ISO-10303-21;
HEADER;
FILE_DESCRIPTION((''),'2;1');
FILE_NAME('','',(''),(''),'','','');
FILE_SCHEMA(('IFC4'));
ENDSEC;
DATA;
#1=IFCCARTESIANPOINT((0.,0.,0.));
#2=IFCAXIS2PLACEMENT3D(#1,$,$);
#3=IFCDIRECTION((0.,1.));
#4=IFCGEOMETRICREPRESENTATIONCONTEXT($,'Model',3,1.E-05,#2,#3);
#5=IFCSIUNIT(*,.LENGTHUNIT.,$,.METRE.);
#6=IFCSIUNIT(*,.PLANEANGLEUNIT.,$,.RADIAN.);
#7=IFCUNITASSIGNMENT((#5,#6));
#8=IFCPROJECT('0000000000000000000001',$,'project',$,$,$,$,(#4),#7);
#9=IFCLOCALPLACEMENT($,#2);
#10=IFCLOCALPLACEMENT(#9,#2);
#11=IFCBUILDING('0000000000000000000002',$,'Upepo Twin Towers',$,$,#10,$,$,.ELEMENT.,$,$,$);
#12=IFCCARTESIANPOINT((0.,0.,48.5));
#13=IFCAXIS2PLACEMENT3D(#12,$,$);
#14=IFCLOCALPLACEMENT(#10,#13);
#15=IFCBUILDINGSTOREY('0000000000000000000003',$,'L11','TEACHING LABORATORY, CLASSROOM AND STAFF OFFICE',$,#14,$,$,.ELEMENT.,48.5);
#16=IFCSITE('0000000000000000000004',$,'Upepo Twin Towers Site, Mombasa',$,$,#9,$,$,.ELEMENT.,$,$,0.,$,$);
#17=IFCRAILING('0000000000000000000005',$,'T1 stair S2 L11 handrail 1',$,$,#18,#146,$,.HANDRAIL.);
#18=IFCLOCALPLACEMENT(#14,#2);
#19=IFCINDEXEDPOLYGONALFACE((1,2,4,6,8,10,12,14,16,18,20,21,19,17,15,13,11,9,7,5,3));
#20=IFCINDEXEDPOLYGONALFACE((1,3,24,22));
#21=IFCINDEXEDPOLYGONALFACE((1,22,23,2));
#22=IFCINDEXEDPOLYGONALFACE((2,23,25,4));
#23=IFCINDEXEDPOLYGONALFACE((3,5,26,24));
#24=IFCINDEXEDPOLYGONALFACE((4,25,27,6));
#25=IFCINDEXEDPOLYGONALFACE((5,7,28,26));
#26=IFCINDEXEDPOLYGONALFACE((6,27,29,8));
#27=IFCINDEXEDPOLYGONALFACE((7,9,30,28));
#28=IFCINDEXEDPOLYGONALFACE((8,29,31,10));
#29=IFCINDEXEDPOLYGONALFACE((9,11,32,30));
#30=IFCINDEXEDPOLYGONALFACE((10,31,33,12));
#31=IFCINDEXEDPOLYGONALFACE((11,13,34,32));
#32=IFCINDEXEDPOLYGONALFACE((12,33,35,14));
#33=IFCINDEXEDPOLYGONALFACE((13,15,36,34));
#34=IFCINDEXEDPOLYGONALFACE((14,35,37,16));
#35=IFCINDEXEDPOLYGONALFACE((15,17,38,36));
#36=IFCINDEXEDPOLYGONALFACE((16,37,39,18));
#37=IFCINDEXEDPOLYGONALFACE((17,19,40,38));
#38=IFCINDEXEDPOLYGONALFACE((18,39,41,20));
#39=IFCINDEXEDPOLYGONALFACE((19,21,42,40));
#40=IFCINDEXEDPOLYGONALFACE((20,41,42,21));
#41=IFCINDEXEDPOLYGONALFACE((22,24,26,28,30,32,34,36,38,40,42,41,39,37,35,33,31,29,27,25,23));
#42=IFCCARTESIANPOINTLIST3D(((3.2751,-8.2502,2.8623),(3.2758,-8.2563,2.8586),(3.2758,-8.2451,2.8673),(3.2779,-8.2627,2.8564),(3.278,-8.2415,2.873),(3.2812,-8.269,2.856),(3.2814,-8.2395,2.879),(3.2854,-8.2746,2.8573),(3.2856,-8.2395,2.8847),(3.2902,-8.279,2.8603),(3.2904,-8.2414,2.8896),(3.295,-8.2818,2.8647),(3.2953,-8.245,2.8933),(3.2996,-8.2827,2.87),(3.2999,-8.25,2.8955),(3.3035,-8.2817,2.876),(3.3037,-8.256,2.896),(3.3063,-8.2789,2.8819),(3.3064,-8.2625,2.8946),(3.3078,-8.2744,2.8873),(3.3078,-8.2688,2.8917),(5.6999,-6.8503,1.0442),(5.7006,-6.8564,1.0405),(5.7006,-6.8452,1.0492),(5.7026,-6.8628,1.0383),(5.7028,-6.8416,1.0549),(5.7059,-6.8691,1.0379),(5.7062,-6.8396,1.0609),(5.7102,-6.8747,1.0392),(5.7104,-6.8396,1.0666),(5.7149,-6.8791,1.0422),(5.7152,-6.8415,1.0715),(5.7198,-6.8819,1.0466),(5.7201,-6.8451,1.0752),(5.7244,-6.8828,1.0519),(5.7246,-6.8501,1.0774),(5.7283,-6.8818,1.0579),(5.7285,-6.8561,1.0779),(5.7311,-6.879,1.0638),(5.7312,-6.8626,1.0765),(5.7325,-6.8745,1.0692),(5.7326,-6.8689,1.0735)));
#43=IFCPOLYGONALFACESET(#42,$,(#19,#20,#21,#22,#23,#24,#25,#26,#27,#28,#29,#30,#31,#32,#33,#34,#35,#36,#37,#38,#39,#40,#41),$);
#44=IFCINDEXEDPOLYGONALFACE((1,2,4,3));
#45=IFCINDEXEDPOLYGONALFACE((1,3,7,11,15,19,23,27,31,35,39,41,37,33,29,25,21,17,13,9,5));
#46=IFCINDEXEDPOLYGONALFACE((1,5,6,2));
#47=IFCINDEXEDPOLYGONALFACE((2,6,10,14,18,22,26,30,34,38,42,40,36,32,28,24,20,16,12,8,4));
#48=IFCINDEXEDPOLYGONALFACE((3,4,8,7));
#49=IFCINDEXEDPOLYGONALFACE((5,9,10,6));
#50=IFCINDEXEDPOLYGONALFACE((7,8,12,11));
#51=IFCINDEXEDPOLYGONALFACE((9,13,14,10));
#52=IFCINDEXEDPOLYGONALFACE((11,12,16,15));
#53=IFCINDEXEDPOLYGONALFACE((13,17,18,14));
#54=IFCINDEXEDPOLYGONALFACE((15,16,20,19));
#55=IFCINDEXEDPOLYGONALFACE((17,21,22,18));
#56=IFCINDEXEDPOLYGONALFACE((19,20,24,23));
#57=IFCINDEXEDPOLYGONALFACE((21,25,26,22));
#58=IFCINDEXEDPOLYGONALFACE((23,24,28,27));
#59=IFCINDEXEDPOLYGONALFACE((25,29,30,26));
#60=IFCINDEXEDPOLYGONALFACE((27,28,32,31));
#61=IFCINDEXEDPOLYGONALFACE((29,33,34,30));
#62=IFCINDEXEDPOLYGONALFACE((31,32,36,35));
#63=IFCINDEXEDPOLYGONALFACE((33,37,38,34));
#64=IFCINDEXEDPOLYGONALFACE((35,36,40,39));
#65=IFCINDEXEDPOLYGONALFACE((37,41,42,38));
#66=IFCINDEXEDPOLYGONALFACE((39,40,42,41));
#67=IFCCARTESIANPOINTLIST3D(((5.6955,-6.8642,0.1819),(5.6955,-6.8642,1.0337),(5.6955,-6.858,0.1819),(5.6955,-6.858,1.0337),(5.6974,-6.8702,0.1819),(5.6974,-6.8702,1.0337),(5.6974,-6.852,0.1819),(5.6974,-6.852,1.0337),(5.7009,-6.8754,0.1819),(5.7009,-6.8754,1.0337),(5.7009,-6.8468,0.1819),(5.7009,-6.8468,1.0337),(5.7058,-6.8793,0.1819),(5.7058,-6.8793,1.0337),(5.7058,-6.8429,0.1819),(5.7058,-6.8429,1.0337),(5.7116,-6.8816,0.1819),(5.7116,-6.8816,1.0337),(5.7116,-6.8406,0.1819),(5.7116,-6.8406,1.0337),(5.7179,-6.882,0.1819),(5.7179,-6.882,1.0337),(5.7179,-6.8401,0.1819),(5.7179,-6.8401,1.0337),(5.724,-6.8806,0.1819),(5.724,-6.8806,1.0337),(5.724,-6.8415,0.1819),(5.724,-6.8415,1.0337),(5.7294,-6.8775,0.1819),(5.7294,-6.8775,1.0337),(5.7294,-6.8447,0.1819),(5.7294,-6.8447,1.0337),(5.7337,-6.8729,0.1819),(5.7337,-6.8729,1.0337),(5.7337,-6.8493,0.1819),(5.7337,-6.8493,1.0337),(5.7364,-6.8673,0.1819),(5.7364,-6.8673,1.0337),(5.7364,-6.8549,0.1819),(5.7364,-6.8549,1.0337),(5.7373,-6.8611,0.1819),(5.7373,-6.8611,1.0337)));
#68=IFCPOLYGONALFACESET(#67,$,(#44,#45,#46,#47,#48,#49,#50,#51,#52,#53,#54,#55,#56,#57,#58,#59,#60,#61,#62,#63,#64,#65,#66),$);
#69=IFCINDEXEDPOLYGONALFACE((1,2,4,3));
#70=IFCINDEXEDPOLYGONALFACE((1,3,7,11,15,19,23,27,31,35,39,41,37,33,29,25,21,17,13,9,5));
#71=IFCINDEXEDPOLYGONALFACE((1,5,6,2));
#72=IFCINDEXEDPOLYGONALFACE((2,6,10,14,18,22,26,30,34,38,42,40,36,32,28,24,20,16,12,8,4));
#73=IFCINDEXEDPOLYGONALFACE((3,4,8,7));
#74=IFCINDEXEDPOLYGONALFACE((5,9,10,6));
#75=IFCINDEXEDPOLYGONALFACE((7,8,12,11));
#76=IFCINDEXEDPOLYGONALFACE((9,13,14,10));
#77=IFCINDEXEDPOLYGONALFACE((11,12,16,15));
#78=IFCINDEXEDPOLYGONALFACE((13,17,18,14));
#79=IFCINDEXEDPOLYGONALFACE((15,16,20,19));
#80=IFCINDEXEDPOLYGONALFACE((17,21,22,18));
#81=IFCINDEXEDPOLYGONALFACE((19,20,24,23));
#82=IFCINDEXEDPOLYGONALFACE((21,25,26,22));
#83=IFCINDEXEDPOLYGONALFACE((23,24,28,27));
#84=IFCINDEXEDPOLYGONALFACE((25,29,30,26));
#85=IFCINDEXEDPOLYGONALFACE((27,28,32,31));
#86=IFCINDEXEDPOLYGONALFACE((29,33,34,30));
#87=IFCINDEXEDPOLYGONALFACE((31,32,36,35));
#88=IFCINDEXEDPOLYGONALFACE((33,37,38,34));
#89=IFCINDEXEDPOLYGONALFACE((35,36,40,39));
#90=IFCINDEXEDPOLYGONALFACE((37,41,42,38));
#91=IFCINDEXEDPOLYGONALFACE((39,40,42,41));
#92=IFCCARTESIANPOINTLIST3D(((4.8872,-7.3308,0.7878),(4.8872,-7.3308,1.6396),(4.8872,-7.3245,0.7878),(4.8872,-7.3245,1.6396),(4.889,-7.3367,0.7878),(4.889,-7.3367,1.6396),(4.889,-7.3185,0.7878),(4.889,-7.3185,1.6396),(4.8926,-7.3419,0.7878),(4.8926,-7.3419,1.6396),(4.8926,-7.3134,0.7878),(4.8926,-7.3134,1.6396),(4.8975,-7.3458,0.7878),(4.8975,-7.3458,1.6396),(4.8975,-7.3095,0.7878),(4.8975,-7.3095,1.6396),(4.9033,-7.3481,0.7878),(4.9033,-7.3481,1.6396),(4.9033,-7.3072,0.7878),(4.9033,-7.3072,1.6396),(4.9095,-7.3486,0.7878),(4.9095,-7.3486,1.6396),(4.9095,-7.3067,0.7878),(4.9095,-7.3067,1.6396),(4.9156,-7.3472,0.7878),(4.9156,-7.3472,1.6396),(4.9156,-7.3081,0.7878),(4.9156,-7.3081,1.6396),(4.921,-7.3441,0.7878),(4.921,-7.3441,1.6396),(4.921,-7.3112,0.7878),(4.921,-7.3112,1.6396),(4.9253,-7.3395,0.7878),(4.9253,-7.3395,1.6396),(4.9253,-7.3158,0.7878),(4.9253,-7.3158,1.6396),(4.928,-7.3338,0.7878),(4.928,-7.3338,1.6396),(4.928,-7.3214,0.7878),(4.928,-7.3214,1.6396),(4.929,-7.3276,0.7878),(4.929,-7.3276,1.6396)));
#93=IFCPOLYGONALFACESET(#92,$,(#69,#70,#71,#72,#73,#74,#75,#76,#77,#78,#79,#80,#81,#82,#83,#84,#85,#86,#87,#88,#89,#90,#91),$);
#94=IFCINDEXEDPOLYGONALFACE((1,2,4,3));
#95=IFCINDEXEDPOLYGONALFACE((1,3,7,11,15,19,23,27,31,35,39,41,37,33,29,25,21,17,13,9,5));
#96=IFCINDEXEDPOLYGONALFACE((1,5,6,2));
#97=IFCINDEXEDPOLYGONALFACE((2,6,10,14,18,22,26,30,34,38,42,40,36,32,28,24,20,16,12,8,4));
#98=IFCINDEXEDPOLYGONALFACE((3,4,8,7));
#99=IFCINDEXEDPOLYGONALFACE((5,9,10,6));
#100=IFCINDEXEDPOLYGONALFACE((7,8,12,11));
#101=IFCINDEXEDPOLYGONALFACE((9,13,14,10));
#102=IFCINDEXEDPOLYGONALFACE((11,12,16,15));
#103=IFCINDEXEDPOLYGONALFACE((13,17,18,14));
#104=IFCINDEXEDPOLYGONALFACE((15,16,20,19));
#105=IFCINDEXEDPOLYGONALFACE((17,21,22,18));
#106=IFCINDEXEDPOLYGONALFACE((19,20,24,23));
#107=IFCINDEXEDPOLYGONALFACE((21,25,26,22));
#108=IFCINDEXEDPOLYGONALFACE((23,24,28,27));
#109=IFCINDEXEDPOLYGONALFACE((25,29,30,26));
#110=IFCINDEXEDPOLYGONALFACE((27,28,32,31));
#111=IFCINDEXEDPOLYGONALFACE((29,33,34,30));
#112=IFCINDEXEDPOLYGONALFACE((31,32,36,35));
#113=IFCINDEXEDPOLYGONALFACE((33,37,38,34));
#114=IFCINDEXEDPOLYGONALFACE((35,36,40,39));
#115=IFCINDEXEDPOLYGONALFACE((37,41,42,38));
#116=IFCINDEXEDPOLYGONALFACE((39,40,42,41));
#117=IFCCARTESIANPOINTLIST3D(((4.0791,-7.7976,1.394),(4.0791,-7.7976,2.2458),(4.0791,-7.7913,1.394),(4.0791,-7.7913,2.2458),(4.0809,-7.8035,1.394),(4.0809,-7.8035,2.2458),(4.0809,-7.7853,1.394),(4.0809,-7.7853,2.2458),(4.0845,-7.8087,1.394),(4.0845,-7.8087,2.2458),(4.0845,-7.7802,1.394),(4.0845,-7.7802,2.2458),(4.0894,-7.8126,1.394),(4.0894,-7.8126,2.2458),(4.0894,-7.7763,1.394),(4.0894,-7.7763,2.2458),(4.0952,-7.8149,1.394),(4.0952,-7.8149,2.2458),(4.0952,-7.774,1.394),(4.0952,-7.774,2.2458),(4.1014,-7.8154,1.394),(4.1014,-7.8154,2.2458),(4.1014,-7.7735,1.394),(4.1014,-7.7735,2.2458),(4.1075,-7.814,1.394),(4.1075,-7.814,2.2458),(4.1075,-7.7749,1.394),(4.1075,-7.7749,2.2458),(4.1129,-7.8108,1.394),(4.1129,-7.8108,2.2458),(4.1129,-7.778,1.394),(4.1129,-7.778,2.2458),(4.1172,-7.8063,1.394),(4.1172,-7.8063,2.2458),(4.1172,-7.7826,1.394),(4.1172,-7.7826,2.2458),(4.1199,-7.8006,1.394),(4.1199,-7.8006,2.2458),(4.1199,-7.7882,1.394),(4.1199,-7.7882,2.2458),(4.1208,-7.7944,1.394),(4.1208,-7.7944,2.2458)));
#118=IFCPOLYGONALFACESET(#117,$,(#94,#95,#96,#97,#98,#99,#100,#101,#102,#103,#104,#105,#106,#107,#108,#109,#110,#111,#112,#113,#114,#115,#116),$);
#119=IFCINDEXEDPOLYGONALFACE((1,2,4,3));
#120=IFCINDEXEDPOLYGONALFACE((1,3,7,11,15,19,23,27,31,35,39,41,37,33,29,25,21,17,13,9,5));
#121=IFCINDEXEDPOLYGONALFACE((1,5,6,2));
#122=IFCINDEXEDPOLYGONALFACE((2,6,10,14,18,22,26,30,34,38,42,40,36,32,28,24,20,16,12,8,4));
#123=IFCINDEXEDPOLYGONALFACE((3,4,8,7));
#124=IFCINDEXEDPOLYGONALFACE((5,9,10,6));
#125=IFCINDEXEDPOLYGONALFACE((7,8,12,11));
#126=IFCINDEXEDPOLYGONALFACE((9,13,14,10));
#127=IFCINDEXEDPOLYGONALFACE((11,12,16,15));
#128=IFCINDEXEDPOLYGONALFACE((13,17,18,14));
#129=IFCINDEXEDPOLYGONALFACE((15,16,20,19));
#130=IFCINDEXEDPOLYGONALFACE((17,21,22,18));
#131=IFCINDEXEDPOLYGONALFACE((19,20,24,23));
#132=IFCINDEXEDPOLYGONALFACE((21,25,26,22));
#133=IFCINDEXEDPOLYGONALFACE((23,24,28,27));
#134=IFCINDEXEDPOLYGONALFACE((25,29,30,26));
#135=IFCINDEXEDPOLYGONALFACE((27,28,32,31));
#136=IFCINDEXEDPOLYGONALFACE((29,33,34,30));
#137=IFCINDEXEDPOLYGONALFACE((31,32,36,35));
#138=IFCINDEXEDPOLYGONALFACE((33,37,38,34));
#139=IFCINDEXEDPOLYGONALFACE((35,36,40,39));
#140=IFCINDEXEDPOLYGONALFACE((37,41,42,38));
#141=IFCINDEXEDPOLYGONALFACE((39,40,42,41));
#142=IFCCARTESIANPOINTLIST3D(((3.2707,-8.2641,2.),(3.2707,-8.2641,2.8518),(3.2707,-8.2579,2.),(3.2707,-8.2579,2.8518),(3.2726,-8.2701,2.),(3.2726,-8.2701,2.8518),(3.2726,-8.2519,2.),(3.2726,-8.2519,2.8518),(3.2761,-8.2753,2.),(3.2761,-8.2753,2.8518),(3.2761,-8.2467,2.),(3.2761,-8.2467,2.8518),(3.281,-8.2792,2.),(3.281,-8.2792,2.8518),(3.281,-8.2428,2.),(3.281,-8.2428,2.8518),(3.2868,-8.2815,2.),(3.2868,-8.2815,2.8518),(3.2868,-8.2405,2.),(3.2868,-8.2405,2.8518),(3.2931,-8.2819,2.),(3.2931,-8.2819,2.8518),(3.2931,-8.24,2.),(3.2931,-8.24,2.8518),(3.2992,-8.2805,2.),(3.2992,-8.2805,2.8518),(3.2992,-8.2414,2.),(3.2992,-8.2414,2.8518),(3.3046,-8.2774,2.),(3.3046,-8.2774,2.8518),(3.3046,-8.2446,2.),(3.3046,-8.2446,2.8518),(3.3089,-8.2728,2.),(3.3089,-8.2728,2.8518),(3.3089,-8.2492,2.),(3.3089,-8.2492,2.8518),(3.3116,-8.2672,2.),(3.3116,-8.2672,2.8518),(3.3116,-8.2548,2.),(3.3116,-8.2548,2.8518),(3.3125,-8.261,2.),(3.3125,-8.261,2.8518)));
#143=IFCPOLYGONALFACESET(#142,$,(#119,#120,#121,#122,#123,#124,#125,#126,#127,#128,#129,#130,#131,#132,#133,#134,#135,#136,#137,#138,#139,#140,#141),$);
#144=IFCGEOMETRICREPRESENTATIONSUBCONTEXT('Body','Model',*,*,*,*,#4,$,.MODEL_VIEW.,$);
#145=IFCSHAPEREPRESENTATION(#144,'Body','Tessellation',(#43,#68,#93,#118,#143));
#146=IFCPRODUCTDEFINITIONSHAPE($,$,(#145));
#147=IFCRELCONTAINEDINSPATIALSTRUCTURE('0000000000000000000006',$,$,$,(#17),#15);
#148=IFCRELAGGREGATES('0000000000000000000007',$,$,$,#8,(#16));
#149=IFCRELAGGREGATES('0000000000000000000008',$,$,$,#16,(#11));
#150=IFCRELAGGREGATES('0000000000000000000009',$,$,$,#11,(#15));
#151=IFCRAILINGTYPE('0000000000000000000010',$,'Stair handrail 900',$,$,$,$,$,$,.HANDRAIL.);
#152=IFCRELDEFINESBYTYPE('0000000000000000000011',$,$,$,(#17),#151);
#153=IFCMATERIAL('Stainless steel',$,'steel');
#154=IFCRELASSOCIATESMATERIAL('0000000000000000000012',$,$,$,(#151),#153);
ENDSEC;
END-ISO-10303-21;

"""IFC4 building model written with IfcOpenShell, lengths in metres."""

from ifc_helpers import new_model, si_unit, direction, frame, origin, origin_2d, place, context, subcontext, project, spatial, circle, extrude, material, type_object, element, save


model = new_model("IFC4")

# Units and contexts
model_context = context("Model", 3, precision=1e-05, world=origin(), true_north=direction((0.0, 1.0)))
body_context = subcontext(model_context, "Body", "Model", "MODEL_VIEW")
ifc_project = project(units=[si_unit("LENGTHUNIT", "METRE"), si_unit("PLANEANGLEUNIT", "RADIAN")], contexts=[model_context])

# Site, building, storey
site_placement = place(None, origin())
site = spatial("IfcSite", under=ifc_project, at=site_placement, Name="Upepo Twin Towers Site, Mombasa", CompositionType="ELEMENT", RefElevation=0.0)
building_placement = place(site_placement, origin())
building = spatial("IfcBuilding", under=site, at=building_placement, Name="Upepo Twin Towers", CompositionType="ELEMENT")
storey_placement = place(building_placement, frame((0.0, 0.0, 48.5)))
storey = spatial("IfcBuildingStorey", under=building, at=storey_placement, Name="L11", Description="TEACHING LABORATORY, CLASSROOM AND STAFF OFFICE", CompositionType="ELEMENT", Elevation=48.5)

# Railing
ifc_material_1 = material(Name="Stainless steel", Category="steel")
railing_type = type_object("IfcRailingType", Name="Stair handrail 900", PredefinedType="HANDRAIL", material=ifc_material_1)
railing_placement = place(storey_placement, frame((5.7163, -6.8611, 0.1819)))
element("IfcRailing", 1, at=railing_placement, inside=storey, type_object=railing_type, Name="T1 stair S2 L11 handrail 1", PredefinedType="HANDRAIL", context=body_context, shape_type="SweptSolid", body=[
    extrude(circle(Radius=0.0239, at=origin_2d()), frame((0.0, 0.0, 0.876), z_axis=(-0.726336, -0.419333, 0.544606), x_axis=(0.499984, -0.866035, 0.0)), (0.0, 0.0, 1.0), 3.3384),
    extrude(circle(Radius=0.021, at=origin_2d()), origin(), (0.0, 0.0, 1.0), 0.8518),
    extrude(circle(Radius=0.021, at=origin_2d()), frame((-0.8083, -0.4666, 0.606)), (0.0, 0.0, 1.0), 0.8518),
    extrude(circle(Radius=0.021, at=origin_2d()), frame((-1.6165, -0.9333, 1.2122)), (0.0, 0.0, 1.0), 0.8518),
    extrude(circle(Radius=0.021, at=origin_2d()), frame((-2.4248, -1.3999, 1.8181)), (0.0, 0.0, 1.0), 0.8518),
])

save(model, "model.ifc")
